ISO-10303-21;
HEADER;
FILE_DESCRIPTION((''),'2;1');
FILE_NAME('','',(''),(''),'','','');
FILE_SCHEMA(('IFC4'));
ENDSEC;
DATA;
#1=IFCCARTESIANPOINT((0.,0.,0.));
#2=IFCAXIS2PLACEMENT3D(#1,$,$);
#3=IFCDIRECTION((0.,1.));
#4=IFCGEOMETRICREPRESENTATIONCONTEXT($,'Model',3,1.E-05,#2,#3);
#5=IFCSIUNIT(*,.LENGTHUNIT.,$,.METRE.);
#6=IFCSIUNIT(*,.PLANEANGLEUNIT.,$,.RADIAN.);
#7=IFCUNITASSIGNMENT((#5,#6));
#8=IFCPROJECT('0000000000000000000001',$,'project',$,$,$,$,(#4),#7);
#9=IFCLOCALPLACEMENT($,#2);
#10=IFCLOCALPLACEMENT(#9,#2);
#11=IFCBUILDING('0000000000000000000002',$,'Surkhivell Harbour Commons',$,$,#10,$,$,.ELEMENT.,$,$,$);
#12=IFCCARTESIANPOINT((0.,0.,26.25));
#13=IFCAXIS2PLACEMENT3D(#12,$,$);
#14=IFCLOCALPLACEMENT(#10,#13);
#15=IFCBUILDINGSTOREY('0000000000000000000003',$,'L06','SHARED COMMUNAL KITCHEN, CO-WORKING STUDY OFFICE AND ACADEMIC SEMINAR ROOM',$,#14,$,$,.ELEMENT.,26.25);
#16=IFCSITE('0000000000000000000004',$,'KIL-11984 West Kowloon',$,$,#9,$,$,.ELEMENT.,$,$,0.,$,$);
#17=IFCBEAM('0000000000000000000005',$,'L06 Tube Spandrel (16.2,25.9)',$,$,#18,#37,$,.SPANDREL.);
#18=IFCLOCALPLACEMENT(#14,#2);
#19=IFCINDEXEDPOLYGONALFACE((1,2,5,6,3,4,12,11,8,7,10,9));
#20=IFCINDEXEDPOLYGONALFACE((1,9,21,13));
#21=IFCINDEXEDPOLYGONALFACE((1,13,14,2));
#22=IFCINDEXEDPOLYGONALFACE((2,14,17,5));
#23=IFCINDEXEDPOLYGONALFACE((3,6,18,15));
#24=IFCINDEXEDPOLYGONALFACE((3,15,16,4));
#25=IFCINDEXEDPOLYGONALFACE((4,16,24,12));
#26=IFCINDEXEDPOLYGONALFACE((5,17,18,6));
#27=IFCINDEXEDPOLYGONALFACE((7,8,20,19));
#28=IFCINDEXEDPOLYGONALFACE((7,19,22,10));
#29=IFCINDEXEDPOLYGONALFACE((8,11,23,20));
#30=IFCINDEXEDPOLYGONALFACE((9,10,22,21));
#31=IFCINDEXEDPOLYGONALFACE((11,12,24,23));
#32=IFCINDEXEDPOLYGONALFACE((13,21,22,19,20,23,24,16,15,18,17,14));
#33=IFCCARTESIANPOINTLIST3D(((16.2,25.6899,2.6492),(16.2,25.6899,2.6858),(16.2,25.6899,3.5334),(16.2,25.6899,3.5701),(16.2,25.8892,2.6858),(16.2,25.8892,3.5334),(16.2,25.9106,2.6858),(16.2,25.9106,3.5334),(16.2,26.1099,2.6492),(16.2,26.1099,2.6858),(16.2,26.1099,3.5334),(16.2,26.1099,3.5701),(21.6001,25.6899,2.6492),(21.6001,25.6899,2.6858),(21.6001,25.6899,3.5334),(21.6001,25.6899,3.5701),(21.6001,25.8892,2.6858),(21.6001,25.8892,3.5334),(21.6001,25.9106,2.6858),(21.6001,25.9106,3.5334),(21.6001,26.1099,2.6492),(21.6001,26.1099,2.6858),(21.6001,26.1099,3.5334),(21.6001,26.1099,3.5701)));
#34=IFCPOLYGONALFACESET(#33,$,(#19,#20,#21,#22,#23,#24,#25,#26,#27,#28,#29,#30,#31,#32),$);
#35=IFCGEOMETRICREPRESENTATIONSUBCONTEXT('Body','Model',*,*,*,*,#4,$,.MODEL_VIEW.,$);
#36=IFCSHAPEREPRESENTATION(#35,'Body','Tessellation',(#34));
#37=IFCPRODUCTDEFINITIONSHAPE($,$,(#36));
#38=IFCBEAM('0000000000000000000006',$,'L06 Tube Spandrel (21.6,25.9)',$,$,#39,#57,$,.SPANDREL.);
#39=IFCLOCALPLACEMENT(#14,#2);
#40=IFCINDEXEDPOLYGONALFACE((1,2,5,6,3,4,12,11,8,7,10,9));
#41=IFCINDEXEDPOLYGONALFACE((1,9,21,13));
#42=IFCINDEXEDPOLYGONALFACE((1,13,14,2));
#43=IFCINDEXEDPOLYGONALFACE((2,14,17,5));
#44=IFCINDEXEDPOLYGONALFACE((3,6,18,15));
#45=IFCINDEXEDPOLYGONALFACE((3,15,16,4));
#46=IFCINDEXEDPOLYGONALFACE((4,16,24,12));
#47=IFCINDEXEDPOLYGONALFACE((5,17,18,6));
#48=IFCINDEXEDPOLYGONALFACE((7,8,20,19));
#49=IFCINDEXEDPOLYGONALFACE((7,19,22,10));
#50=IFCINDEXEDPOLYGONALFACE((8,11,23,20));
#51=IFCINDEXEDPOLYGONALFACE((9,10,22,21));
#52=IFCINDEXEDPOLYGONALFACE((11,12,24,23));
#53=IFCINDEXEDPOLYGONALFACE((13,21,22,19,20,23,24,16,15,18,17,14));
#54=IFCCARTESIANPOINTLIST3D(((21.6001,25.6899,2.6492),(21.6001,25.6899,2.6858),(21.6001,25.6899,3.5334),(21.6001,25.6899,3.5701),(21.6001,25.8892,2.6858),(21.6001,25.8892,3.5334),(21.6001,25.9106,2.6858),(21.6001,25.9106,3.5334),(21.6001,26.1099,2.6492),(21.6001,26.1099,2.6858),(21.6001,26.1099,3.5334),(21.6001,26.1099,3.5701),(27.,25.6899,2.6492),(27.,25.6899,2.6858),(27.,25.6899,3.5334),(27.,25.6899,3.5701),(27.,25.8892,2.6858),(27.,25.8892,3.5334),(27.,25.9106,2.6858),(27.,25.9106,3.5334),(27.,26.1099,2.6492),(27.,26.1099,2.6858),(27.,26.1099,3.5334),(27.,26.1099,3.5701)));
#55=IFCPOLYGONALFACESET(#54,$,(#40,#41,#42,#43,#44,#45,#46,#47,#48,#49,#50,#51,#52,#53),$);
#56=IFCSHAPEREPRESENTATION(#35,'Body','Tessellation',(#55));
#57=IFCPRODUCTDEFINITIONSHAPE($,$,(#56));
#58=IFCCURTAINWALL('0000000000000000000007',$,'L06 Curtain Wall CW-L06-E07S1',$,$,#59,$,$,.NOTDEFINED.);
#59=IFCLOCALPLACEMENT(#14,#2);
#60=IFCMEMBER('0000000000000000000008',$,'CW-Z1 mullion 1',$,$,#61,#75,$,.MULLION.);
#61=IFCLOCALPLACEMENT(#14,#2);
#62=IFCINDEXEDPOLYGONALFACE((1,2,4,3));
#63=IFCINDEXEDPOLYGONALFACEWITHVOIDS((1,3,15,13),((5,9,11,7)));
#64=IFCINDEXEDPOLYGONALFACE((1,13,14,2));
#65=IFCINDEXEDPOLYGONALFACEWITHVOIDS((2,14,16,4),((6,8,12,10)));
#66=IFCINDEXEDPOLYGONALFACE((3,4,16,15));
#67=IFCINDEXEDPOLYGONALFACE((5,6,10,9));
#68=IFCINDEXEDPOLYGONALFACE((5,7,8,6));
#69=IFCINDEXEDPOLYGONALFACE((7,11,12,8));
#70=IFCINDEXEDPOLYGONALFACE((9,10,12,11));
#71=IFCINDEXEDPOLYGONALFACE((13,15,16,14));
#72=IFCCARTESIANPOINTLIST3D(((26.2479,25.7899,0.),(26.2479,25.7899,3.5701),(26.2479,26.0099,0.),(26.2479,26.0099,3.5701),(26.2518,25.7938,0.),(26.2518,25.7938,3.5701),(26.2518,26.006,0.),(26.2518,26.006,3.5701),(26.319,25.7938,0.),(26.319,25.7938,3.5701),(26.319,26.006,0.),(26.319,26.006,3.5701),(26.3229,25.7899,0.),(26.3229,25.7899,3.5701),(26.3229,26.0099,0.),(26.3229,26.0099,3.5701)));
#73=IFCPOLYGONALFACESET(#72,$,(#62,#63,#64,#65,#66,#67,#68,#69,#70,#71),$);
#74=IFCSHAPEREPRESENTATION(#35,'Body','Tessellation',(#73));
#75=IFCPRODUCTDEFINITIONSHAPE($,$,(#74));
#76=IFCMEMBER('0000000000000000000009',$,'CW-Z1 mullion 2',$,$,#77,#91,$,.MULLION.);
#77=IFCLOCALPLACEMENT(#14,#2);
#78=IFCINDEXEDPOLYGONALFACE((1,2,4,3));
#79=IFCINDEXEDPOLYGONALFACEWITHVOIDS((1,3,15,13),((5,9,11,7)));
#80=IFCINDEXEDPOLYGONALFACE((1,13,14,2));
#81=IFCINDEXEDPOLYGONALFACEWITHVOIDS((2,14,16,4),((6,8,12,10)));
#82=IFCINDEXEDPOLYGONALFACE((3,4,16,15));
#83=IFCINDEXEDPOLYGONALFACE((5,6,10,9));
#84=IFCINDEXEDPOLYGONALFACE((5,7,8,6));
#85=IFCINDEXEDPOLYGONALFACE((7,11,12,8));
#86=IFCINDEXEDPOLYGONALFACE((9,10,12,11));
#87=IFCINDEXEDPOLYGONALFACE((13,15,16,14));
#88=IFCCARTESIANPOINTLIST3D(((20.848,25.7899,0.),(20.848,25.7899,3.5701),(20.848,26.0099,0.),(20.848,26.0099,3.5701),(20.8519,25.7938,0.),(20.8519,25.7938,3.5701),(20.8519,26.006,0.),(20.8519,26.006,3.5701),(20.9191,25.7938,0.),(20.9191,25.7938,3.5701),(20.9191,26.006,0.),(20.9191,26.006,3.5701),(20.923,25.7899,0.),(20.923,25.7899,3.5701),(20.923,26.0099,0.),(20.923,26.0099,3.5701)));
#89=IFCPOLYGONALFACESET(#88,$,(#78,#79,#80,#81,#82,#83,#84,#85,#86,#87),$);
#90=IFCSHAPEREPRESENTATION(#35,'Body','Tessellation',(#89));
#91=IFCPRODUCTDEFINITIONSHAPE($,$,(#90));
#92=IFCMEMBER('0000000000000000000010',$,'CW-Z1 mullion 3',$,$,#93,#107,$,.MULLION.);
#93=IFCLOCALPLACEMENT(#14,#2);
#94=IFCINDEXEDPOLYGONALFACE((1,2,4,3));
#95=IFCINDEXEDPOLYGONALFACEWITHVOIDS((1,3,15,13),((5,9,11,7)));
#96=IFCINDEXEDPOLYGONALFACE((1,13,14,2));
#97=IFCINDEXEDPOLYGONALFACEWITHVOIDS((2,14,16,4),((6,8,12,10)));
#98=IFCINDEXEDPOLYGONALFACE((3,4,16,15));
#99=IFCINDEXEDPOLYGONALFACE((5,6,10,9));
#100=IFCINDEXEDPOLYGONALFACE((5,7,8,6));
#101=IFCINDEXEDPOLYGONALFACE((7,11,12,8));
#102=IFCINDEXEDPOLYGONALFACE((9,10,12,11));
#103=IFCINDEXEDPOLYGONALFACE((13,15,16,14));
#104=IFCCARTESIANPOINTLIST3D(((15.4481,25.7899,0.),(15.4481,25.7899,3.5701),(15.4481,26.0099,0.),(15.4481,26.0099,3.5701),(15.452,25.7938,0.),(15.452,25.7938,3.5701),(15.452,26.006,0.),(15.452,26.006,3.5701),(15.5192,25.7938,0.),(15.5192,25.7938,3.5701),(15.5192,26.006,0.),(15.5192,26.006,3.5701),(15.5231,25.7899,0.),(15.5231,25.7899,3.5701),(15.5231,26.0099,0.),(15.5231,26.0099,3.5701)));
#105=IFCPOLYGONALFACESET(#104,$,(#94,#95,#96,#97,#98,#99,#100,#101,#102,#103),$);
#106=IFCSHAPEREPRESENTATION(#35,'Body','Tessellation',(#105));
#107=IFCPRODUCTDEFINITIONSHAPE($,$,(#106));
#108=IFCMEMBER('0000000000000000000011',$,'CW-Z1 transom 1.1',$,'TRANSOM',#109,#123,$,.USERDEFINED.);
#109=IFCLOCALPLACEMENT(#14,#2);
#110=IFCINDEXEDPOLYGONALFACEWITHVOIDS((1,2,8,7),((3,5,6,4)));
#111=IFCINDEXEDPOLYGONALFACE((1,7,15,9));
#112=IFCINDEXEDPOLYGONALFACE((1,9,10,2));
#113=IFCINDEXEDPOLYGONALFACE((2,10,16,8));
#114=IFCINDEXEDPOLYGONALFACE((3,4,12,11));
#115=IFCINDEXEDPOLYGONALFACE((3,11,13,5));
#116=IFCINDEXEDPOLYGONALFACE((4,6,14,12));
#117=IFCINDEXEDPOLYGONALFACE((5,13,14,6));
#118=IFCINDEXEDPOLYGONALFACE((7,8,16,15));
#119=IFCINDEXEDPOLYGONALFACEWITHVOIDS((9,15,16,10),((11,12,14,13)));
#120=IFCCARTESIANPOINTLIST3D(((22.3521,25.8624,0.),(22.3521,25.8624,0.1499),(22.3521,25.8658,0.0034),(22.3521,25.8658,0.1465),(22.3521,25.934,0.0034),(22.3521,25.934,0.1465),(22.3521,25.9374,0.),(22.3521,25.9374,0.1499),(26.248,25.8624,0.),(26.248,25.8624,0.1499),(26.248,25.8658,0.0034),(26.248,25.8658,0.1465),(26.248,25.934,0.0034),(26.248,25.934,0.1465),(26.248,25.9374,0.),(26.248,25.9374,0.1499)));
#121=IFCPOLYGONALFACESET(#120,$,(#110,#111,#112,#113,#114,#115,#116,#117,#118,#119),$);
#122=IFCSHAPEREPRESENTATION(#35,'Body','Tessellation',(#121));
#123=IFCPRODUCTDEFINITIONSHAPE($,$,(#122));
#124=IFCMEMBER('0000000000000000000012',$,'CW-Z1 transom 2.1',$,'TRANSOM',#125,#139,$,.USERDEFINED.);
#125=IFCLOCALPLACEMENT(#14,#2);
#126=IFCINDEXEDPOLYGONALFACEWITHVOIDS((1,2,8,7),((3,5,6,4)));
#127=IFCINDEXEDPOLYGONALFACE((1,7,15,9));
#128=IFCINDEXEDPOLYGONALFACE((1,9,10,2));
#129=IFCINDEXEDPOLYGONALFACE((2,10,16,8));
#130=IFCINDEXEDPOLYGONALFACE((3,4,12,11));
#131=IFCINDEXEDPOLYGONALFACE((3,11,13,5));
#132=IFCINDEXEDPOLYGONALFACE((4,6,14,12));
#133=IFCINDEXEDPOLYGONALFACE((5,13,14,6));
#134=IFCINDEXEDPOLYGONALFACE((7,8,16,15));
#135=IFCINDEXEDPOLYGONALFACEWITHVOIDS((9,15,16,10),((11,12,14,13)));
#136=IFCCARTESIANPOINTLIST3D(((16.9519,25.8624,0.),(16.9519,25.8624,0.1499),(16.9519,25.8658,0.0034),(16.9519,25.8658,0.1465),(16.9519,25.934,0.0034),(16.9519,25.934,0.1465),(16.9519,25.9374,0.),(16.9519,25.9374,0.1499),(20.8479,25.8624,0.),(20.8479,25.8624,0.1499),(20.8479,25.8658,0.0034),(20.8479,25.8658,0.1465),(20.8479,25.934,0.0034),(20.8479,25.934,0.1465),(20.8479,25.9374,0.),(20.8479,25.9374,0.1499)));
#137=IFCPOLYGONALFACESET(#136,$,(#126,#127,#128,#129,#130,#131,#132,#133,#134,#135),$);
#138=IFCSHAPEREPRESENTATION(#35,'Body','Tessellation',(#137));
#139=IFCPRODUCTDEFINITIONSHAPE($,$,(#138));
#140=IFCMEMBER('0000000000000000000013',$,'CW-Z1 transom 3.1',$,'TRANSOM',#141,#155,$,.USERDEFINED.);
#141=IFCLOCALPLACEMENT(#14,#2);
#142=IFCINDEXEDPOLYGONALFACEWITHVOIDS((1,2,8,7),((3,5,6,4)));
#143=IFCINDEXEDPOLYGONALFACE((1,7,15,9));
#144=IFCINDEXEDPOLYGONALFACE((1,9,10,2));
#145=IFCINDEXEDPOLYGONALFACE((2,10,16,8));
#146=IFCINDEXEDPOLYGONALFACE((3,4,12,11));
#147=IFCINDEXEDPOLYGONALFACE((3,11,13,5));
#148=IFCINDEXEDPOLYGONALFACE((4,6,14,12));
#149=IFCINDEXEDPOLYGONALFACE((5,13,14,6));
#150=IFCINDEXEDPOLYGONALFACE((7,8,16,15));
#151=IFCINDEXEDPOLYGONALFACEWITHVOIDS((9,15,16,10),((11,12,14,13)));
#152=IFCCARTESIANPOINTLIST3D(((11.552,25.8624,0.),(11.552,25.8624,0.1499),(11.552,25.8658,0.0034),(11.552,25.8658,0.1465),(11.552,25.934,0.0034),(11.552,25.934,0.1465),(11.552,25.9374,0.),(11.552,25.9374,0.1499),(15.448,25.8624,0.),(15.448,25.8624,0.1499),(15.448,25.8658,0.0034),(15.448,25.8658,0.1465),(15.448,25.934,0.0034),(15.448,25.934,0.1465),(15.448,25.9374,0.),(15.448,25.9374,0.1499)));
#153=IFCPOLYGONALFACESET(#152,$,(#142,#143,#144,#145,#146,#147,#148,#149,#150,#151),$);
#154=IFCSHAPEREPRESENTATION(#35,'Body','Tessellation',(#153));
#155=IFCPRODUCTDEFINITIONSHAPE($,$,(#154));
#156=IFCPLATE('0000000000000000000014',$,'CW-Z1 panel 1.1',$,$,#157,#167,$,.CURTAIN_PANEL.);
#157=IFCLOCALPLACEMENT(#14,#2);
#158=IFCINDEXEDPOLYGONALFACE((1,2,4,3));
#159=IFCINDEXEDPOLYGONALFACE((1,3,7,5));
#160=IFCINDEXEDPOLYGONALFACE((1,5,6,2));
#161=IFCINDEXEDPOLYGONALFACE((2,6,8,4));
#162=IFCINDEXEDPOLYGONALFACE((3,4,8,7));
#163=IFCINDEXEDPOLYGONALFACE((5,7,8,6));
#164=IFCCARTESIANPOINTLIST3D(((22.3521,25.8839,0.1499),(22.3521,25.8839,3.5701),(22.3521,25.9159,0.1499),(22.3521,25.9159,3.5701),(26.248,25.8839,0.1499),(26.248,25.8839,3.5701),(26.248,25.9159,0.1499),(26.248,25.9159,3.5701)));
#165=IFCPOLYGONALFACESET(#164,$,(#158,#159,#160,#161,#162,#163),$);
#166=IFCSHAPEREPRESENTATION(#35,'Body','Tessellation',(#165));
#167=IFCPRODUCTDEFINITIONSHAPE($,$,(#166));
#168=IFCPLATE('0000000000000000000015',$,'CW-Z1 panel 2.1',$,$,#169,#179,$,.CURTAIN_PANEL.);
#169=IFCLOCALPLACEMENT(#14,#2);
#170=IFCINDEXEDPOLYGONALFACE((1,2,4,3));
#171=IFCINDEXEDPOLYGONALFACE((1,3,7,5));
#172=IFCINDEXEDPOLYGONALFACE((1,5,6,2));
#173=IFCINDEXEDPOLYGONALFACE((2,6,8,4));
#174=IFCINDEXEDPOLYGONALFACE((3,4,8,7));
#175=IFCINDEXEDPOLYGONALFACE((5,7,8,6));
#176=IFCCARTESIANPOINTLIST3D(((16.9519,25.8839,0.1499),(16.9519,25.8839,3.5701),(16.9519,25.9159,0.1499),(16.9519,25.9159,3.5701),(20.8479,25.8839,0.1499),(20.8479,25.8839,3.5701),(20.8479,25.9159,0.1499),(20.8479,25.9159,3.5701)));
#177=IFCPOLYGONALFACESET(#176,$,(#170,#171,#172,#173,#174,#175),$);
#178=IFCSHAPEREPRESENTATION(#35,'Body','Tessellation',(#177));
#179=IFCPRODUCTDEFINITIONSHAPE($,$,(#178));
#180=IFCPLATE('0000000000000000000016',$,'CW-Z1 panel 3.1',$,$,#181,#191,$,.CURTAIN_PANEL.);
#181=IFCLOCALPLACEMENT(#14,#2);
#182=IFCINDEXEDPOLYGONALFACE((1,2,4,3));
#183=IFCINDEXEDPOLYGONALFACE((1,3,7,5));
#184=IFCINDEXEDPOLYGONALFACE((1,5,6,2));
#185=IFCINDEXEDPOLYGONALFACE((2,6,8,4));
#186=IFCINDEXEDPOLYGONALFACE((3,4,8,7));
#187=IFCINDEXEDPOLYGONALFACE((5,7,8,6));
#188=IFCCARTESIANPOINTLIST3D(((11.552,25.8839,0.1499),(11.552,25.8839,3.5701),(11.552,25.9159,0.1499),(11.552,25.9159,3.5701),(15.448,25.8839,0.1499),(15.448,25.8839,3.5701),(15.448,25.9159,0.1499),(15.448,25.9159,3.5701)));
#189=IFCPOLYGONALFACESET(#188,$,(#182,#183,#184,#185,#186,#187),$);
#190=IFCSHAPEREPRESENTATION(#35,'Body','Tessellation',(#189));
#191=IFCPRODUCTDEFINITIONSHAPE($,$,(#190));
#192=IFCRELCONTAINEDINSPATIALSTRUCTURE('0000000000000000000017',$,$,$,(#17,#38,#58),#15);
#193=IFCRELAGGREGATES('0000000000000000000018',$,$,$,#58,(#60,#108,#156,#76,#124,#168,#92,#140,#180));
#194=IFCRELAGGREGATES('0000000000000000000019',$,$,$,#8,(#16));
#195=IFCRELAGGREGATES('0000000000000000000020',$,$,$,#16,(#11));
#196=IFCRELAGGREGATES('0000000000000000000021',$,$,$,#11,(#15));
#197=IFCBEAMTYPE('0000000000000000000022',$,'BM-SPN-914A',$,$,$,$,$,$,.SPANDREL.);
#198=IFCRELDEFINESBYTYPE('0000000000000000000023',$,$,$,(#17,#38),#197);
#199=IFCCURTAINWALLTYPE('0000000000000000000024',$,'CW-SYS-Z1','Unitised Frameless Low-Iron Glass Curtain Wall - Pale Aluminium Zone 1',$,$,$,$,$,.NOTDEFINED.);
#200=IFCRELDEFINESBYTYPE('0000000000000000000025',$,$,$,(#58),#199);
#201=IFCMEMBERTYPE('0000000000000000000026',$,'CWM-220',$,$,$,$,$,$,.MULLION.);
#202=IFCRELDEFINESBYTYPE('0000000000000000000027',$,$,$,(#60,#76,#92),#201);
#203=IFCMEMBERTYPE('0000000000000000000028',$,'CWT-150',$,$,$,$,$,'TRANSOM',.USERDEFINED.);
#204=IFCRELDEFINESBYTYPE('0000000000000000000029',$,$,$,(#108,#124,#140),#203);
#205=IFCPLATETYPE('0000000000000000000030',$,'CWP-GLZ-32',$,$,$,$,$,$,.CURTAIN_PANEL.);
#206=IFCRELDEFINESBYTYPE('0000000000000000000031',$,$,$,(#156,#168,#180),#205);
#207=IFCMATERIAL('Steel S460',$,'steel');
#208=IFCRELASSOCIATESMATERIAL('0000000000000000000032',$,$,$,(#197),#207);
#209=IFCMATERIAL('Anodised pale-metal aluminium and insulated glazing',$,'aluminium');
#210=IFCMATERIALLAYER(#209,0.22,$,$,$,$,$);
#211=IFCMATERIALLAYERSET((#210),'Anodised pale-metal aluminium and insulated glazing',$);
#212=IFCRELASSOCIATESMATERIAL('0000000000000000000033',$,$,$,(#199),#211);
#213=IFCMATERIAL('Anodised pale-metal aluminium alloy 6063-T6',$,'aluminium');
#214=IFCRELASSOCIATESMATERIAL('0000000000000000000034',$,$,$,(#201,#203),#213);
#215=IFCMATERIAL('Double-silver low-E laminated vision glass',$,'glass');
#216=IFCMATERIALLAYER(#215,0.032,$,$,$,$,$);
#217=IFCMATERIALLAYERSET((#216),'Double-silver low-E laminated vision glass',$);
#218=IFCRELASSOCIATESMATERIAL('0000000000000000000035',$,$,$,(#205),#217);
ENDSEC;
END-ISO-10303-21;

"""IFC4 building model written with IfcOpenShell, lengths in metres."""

from ifc_helpers import new_model, si_unit, direction, frame, frame_2d, origin, origin_2d, place, context, subcontext, project, spatial, rectangle, hollow_rectangle, i_section, extrude, material, layer, layer_set, material_profile, profile_set, type_object, element, aggregate, save


model = new_model("IFC4")

# Units and contexts
model_context = context("Model", 3, precision=1e-05, world=origin(), true_north=direction((0.0, 1.0)))
body_context = subcontext(model_context, "Body", "Model", "MODEL_VIEW")
ifc_project = project(units=[si_unit("LENGTHUNIT", "METRE"), si_unit("PLANEANGLEUNIT", "RADIAN")], contexts=[model_context])

# Site, building, storey
site_placement = place(None, origin())
site = spatial("IfcSite", under=ifc_project, at=site_placement, Name="KIL-11984 West Kowloon", CompositionType="ELEMENT", RefElevation=0.0)
building_placement = place(site_placement, origin())
building = spatial("IfcBuilding", under=site, at=building_placement, Name="Surkhivell Harbour Commons", CompositionType="ELEMENT")
storey_placement = place(building_placement, frame((0.0, 0.0, 26.25)))
storey = spatial("IfcBuildingStorey", under=building, at=storey_placement, Name="L06", Description="SHARED COMMUNAL KITCHEN, CO-WORKING STUDY OFFICE AND ACADEMIC SEMINAR ROOM", CompositionType="ELEMENT", Elevation=26.25)

# Beams
ifc_material_1 = material(Name="Steel S460", Category="steel")
ifc_material_profile_1 = material_profile(ifc_material_1, i_section(OverallWidth=0.4199, OverallDepth=0.9209, WebThickness=0.0215, FlangeThickness=0.0366, at=origin_2d()), Name="UB914x419x388")
ifc_profile_set_1 = profile_set([ifc_material_profile_1], Name="Steel S460")
beam_type_1 = type_object("IfcBeamType", Name="BM-SPN-914A", PredefinedType="SPANDREL", material=ifc_profile_set_1)
beam_1_placement = place(storey_placement, frame((16.2, 25.8999, 3.1096), z_axis=(1.0, 0.0, 0.0), x_axis=(0.0, 1.0, 0.0)))
element("IfcBeam", 1, at=beam_1_placement, inside=storey, type_object=beam_type_1, Name="L06 Tube Spandrel (16.2,25.9)", PredefinedType="SPANDREL", context=body_context, shape_type="SweptSolid", body=[
    extrude(i_section(OverallWidth=0.4199, OverallDepth=0.9209, WebThickness=0.0215, FlangeThickness=0.0366, at=origin_2d()), origin(), (0.0, 0.0, 1.0), 5.4001),
])
beam_2_placement = place(storey_placement, frame((21.6001, 25.8999, 3.1096), z_axis=(1.0, 0.0, 0.0), x_axis=(0.0, 1.0, 0.0)))
element("IfcBeam", 2, at=beam_2_placement, inside=storey, type_object=beam_type_1, Name="L06 Tube Spandrel (21.6,25.9)", PredefinedType="SPANDREL", context=body_context, shape_type="SweptSolid", body=[
    extrude(i_section(OverallWidth=0.4199, OverallDepth=0.9209, WebThickness=0.0215, FlangeThickness=0.0366, at=origin_2d()), origin(), (0.0, 0.0, 1.0), 5.3999),
])

# Curtain wall, members, plates
ifc_material_2 = material(Name="Anodised pale-metal aluminium and insulated glazing", Category="aluminium")
ifc_layer_1 = layer(ifc_material_2, 0.22)
ifc_layer_set_1 = layer_set([ifc_layer_1], Name="Anodised pale-metal aluminium and insulated glazing")
curtain_wall_type = type_object("IfcCurtainWallType", Name="CW-SYS-Z1", Description="Unitised Frameless Low-Iron Glass Curtain Wall - Pale Aluminium Zone 1", PredefinedType="NOTDEFINED", material=ifc_layer_set_1)
curtain_wall_placement = place(storey_placement, origin())
curtain_wall = element("IfcCurtainWall", 3, at=curtain_wall_placement, inside=storey, type_object=curtain_wall_type, Name="L06 Curtain Wall CW-L06-E07S1", PredefinedType="NOTDEFINED")
ifc_material_3 = material(Name="Anodised pale-metal aluminium alloy 6063-T6", Category="aluminium")
ifc_material_profile_2 = material_profile(ifc_material_3, hollow_rectangle(XDim=0.075, YDim=0.22, WallThickness=0.0039, at=origin_2d()), Name="ALU-MULL-75x220")
ifc_profile_set_2 = profile_set([ifc_material_profile_2], Name="Anodised pale-metal aluminium alloy 6063-T6")
member_type_1 = type_object("IfcMemberType", Name="CWM-220", PredefinedType="MULLION", material=ifc_profile_set_2)
member_1_placement = place(storey_placement, frame((26.2854, 25.8999, 0.0), z_axis=(0.0, 0.0, 1.0), x_axis=(-1.0, 0.0, 0.0)))
member_1 = element("IfcMember", 4, at=member_1_placement, type_object=member_type_1, Name="CW-Z1 mullion 1", PredefinedType="MULLION", context=body_context, shape_type="SweptSolid", body=[
    extrude(hollow_rectangle(XDim=0.075, YDim=0.22, WallThickness=0.0039, at=origin_2d()), origin(), (0.0, 0.0, 1.0), 3.5701),
])
member_2_placement = place(storey_placement, frame((20.8855, 25.8999, 0.0), z_axis=(0.0, 0.0, 1.0), x_axis=(-1.0, 0.0, 0.0)))
member_2 = element("IfcMember", 5, at=member_2_placement, type_object=member_type_1, Name="CW-Z1 mullion 2", PredefinedType="MULLION", context=body_context, shape_type="SweptSolid", body=[
    extrude(hollow_rectangle(XDim=0.075, YDim=0.22, WallThickness=0.0039, at=origin_2d()), origin(), (0.0, 0.0, 1.0), 3.5701),
])
member_3_placement = place(storey_placement, frame((15.4856, 25.8999, 0.0), z_axis=(0.0, 0.0, 1.0), x_axis=(-1.0, 0.0, 0.0)))
member_3 = element("IfcMember", 6, at=member_3_placement, type_object=member_type_1, Name="CW-Z1 mullion 3", PredefinedType="MULLION", context=body_context, shape_type="SweptSolid", body=[
    extrude(hollow_rectangle(XDim=0.075, YDim=0.22, WallThickness=0.0039, at=origin_2d()), origin(), (0.0, 0.0, 1.0), 3.5701),
])
ifc_material_profile_3 = material_profile(ifc_material_3, hollow_rectangle(XDim=0.075, YDim=0.1499, WallThickness=0.0034, at=origin_2d()), Name="ALU-TRAN-75x150")
ifc_profile_set_3 = profile_set([ifc_material_profile_3], Name="Anodised pale-metal aluminium alloy 6063-T6")
member_type_2 = type_object("IfcMemberType", Name="CWT-150", ElementType="TRANSOM", PredefinedType="USERDEFINED", material=ifc_profile_set_3)
member_4_placement = place(storey_placement, frame((26.248, 25.8999, 0.075), z_axis=(-1.0, 0.0, 0.0), x_axis=(0.0, -1.0, 0.0)))
member_4 = element("IfcMember", 7, at=member_4_placement, type_object=member_type_2, Name="CW-Z1 transom 1.1", ObjectType="TRANSOM", PredefinedType="USERDEFINED", context=body_context, shape_type="SweptSolid", body=[
    extrude(hollow_rectangle(XDim=0.075, YDim=0.1499, WallThickness=0.0034, at=origin_2d()), origin(), (0.0, 0.0, 1.0), 3.896),
])
member_5_placement = place(storey_placement, frame((20.8479, 25.8999, 0.075), z_axis=(-1.0, 0.0, 0.0), x_axis=(0.0, -1.0, 0.0)))
member_5 = element("IfcMember", 8, at=member_5_placement, type_object=member_type_2, Name="CW-Z1 transom 2.1", ObjectType="TRANSOM", PredefinedType="USERDEFINED", context=body_context, shape_type="SweptSolid", body=[
    extrude(hollow_rectangle(XDim=0.075, YDim=0.1499, WallThickness=0.0034, at=origin_2d()), origin(), (0.0, 0.0, 1.0), 3.896),
])
member_6_placement = place(storey_placement, frame((15.448, 25.8999, 0.075), z_axis=(-1.0, 0.0, 0.0), x_axis=(0.0, -1.0, 0.0)))
member_6 = element("IfcMember", 9, at=member_6_placement, type_object=member_type_2, Name="CW-Z1 transom 3.1", ObjectType="TRANSOM", PredefinedType="USERDEFINED", context=body_context, shape_type="SweptSolid", body=[
    extrude(hollow_rectangle(XDim=0.075, YDim=0.1499, WallThickness=0.0034, at=origin_2d()), origin(), (0.0, 0.0, 1.0), 3.896),
])
ifc_material_4 = material(Name="Double-silver low-E laminated vision glass", Category="glass")
ifc_layer_2 = layer(ifc_material_4, 0.032)
ifc_layer_set_2 = layer_set([ifc_layer_2], Name="Double-silver low-E laminated vision glass")
plate_type = type_object("IfcPlateType", Name="CWP-GLZ-32", PredefinedType="CURTAIN_PANEL", material=ifc_layer_set_2)
plate_1_placement = place(storey_placement, frame((26.248, 25.8999, 0.1499), z_axis=(0.0, 0.0, 1.0), x_axis=(-1.0, 0.0, 0.0)))
plate_1 = element("IfcPlate", 10, at=plate_1_placement, type_object=plate_type, Name="CW-Z1 panel 1.1", PredefinedType="CURTAIN_PANEL", context=body_context, shape_type="SweptSolid", body=[
    extrude(rectangle(XDim=3.896, YDim=0.032, at=frame_2d((1.948, 0.0))), origin(), (0.0, 0.0, 1.0), 3.4202),
])
plate_2_placement = place(storey_placement, frame((20.8479, 25.8999, 0.1499), z_axis=(0.0, 0.0, 1.0), x_axis=(-1.0, 0.0, 0.0)))
plate_2 = element("IfcPlate", 11, at=plate_2_placement, type_object=plate_type, Name="CW-Z1 panel 2.1", PredefinedType="CURTAIN_PANEL", context=body_context, shape_type="SweptSolid", body=[
    extrude(rectangle(XDim=3.896, YDim=0.032, at=frame_2d((1.948, 0.0))), origin(), (0.0, 0.0, 1.0), 3.4202),
])
plate_3_placement = place(storey_placement, frame((15.448, 25.8999, 0.1499), z_axis=(0.0, 0.0, 1.0), x_axis=(-1.0, 0.0, 0.0)))
plate_3 = element("IfcPlate", 12, at=plate_3_placement, type_object=plate_type, Name="CW-Z1 panel 3.1", PredefinedType="CURTAIN_PANEL", context=body_context, shape_type="SweptSolid", body=[
    extrude(rectangle(XDim=3.896, YDim=0.032, at=frame_2d((1.948, 0.0))), origin(), (0.0, 0.0, 1.0), 3.4202),
])
aggregate(curtain_wall, [member_1, member_4, plate_1, member_2, member_5, plate_2, member_3, member_6, plate_3])

save(model, "model.ifc")
